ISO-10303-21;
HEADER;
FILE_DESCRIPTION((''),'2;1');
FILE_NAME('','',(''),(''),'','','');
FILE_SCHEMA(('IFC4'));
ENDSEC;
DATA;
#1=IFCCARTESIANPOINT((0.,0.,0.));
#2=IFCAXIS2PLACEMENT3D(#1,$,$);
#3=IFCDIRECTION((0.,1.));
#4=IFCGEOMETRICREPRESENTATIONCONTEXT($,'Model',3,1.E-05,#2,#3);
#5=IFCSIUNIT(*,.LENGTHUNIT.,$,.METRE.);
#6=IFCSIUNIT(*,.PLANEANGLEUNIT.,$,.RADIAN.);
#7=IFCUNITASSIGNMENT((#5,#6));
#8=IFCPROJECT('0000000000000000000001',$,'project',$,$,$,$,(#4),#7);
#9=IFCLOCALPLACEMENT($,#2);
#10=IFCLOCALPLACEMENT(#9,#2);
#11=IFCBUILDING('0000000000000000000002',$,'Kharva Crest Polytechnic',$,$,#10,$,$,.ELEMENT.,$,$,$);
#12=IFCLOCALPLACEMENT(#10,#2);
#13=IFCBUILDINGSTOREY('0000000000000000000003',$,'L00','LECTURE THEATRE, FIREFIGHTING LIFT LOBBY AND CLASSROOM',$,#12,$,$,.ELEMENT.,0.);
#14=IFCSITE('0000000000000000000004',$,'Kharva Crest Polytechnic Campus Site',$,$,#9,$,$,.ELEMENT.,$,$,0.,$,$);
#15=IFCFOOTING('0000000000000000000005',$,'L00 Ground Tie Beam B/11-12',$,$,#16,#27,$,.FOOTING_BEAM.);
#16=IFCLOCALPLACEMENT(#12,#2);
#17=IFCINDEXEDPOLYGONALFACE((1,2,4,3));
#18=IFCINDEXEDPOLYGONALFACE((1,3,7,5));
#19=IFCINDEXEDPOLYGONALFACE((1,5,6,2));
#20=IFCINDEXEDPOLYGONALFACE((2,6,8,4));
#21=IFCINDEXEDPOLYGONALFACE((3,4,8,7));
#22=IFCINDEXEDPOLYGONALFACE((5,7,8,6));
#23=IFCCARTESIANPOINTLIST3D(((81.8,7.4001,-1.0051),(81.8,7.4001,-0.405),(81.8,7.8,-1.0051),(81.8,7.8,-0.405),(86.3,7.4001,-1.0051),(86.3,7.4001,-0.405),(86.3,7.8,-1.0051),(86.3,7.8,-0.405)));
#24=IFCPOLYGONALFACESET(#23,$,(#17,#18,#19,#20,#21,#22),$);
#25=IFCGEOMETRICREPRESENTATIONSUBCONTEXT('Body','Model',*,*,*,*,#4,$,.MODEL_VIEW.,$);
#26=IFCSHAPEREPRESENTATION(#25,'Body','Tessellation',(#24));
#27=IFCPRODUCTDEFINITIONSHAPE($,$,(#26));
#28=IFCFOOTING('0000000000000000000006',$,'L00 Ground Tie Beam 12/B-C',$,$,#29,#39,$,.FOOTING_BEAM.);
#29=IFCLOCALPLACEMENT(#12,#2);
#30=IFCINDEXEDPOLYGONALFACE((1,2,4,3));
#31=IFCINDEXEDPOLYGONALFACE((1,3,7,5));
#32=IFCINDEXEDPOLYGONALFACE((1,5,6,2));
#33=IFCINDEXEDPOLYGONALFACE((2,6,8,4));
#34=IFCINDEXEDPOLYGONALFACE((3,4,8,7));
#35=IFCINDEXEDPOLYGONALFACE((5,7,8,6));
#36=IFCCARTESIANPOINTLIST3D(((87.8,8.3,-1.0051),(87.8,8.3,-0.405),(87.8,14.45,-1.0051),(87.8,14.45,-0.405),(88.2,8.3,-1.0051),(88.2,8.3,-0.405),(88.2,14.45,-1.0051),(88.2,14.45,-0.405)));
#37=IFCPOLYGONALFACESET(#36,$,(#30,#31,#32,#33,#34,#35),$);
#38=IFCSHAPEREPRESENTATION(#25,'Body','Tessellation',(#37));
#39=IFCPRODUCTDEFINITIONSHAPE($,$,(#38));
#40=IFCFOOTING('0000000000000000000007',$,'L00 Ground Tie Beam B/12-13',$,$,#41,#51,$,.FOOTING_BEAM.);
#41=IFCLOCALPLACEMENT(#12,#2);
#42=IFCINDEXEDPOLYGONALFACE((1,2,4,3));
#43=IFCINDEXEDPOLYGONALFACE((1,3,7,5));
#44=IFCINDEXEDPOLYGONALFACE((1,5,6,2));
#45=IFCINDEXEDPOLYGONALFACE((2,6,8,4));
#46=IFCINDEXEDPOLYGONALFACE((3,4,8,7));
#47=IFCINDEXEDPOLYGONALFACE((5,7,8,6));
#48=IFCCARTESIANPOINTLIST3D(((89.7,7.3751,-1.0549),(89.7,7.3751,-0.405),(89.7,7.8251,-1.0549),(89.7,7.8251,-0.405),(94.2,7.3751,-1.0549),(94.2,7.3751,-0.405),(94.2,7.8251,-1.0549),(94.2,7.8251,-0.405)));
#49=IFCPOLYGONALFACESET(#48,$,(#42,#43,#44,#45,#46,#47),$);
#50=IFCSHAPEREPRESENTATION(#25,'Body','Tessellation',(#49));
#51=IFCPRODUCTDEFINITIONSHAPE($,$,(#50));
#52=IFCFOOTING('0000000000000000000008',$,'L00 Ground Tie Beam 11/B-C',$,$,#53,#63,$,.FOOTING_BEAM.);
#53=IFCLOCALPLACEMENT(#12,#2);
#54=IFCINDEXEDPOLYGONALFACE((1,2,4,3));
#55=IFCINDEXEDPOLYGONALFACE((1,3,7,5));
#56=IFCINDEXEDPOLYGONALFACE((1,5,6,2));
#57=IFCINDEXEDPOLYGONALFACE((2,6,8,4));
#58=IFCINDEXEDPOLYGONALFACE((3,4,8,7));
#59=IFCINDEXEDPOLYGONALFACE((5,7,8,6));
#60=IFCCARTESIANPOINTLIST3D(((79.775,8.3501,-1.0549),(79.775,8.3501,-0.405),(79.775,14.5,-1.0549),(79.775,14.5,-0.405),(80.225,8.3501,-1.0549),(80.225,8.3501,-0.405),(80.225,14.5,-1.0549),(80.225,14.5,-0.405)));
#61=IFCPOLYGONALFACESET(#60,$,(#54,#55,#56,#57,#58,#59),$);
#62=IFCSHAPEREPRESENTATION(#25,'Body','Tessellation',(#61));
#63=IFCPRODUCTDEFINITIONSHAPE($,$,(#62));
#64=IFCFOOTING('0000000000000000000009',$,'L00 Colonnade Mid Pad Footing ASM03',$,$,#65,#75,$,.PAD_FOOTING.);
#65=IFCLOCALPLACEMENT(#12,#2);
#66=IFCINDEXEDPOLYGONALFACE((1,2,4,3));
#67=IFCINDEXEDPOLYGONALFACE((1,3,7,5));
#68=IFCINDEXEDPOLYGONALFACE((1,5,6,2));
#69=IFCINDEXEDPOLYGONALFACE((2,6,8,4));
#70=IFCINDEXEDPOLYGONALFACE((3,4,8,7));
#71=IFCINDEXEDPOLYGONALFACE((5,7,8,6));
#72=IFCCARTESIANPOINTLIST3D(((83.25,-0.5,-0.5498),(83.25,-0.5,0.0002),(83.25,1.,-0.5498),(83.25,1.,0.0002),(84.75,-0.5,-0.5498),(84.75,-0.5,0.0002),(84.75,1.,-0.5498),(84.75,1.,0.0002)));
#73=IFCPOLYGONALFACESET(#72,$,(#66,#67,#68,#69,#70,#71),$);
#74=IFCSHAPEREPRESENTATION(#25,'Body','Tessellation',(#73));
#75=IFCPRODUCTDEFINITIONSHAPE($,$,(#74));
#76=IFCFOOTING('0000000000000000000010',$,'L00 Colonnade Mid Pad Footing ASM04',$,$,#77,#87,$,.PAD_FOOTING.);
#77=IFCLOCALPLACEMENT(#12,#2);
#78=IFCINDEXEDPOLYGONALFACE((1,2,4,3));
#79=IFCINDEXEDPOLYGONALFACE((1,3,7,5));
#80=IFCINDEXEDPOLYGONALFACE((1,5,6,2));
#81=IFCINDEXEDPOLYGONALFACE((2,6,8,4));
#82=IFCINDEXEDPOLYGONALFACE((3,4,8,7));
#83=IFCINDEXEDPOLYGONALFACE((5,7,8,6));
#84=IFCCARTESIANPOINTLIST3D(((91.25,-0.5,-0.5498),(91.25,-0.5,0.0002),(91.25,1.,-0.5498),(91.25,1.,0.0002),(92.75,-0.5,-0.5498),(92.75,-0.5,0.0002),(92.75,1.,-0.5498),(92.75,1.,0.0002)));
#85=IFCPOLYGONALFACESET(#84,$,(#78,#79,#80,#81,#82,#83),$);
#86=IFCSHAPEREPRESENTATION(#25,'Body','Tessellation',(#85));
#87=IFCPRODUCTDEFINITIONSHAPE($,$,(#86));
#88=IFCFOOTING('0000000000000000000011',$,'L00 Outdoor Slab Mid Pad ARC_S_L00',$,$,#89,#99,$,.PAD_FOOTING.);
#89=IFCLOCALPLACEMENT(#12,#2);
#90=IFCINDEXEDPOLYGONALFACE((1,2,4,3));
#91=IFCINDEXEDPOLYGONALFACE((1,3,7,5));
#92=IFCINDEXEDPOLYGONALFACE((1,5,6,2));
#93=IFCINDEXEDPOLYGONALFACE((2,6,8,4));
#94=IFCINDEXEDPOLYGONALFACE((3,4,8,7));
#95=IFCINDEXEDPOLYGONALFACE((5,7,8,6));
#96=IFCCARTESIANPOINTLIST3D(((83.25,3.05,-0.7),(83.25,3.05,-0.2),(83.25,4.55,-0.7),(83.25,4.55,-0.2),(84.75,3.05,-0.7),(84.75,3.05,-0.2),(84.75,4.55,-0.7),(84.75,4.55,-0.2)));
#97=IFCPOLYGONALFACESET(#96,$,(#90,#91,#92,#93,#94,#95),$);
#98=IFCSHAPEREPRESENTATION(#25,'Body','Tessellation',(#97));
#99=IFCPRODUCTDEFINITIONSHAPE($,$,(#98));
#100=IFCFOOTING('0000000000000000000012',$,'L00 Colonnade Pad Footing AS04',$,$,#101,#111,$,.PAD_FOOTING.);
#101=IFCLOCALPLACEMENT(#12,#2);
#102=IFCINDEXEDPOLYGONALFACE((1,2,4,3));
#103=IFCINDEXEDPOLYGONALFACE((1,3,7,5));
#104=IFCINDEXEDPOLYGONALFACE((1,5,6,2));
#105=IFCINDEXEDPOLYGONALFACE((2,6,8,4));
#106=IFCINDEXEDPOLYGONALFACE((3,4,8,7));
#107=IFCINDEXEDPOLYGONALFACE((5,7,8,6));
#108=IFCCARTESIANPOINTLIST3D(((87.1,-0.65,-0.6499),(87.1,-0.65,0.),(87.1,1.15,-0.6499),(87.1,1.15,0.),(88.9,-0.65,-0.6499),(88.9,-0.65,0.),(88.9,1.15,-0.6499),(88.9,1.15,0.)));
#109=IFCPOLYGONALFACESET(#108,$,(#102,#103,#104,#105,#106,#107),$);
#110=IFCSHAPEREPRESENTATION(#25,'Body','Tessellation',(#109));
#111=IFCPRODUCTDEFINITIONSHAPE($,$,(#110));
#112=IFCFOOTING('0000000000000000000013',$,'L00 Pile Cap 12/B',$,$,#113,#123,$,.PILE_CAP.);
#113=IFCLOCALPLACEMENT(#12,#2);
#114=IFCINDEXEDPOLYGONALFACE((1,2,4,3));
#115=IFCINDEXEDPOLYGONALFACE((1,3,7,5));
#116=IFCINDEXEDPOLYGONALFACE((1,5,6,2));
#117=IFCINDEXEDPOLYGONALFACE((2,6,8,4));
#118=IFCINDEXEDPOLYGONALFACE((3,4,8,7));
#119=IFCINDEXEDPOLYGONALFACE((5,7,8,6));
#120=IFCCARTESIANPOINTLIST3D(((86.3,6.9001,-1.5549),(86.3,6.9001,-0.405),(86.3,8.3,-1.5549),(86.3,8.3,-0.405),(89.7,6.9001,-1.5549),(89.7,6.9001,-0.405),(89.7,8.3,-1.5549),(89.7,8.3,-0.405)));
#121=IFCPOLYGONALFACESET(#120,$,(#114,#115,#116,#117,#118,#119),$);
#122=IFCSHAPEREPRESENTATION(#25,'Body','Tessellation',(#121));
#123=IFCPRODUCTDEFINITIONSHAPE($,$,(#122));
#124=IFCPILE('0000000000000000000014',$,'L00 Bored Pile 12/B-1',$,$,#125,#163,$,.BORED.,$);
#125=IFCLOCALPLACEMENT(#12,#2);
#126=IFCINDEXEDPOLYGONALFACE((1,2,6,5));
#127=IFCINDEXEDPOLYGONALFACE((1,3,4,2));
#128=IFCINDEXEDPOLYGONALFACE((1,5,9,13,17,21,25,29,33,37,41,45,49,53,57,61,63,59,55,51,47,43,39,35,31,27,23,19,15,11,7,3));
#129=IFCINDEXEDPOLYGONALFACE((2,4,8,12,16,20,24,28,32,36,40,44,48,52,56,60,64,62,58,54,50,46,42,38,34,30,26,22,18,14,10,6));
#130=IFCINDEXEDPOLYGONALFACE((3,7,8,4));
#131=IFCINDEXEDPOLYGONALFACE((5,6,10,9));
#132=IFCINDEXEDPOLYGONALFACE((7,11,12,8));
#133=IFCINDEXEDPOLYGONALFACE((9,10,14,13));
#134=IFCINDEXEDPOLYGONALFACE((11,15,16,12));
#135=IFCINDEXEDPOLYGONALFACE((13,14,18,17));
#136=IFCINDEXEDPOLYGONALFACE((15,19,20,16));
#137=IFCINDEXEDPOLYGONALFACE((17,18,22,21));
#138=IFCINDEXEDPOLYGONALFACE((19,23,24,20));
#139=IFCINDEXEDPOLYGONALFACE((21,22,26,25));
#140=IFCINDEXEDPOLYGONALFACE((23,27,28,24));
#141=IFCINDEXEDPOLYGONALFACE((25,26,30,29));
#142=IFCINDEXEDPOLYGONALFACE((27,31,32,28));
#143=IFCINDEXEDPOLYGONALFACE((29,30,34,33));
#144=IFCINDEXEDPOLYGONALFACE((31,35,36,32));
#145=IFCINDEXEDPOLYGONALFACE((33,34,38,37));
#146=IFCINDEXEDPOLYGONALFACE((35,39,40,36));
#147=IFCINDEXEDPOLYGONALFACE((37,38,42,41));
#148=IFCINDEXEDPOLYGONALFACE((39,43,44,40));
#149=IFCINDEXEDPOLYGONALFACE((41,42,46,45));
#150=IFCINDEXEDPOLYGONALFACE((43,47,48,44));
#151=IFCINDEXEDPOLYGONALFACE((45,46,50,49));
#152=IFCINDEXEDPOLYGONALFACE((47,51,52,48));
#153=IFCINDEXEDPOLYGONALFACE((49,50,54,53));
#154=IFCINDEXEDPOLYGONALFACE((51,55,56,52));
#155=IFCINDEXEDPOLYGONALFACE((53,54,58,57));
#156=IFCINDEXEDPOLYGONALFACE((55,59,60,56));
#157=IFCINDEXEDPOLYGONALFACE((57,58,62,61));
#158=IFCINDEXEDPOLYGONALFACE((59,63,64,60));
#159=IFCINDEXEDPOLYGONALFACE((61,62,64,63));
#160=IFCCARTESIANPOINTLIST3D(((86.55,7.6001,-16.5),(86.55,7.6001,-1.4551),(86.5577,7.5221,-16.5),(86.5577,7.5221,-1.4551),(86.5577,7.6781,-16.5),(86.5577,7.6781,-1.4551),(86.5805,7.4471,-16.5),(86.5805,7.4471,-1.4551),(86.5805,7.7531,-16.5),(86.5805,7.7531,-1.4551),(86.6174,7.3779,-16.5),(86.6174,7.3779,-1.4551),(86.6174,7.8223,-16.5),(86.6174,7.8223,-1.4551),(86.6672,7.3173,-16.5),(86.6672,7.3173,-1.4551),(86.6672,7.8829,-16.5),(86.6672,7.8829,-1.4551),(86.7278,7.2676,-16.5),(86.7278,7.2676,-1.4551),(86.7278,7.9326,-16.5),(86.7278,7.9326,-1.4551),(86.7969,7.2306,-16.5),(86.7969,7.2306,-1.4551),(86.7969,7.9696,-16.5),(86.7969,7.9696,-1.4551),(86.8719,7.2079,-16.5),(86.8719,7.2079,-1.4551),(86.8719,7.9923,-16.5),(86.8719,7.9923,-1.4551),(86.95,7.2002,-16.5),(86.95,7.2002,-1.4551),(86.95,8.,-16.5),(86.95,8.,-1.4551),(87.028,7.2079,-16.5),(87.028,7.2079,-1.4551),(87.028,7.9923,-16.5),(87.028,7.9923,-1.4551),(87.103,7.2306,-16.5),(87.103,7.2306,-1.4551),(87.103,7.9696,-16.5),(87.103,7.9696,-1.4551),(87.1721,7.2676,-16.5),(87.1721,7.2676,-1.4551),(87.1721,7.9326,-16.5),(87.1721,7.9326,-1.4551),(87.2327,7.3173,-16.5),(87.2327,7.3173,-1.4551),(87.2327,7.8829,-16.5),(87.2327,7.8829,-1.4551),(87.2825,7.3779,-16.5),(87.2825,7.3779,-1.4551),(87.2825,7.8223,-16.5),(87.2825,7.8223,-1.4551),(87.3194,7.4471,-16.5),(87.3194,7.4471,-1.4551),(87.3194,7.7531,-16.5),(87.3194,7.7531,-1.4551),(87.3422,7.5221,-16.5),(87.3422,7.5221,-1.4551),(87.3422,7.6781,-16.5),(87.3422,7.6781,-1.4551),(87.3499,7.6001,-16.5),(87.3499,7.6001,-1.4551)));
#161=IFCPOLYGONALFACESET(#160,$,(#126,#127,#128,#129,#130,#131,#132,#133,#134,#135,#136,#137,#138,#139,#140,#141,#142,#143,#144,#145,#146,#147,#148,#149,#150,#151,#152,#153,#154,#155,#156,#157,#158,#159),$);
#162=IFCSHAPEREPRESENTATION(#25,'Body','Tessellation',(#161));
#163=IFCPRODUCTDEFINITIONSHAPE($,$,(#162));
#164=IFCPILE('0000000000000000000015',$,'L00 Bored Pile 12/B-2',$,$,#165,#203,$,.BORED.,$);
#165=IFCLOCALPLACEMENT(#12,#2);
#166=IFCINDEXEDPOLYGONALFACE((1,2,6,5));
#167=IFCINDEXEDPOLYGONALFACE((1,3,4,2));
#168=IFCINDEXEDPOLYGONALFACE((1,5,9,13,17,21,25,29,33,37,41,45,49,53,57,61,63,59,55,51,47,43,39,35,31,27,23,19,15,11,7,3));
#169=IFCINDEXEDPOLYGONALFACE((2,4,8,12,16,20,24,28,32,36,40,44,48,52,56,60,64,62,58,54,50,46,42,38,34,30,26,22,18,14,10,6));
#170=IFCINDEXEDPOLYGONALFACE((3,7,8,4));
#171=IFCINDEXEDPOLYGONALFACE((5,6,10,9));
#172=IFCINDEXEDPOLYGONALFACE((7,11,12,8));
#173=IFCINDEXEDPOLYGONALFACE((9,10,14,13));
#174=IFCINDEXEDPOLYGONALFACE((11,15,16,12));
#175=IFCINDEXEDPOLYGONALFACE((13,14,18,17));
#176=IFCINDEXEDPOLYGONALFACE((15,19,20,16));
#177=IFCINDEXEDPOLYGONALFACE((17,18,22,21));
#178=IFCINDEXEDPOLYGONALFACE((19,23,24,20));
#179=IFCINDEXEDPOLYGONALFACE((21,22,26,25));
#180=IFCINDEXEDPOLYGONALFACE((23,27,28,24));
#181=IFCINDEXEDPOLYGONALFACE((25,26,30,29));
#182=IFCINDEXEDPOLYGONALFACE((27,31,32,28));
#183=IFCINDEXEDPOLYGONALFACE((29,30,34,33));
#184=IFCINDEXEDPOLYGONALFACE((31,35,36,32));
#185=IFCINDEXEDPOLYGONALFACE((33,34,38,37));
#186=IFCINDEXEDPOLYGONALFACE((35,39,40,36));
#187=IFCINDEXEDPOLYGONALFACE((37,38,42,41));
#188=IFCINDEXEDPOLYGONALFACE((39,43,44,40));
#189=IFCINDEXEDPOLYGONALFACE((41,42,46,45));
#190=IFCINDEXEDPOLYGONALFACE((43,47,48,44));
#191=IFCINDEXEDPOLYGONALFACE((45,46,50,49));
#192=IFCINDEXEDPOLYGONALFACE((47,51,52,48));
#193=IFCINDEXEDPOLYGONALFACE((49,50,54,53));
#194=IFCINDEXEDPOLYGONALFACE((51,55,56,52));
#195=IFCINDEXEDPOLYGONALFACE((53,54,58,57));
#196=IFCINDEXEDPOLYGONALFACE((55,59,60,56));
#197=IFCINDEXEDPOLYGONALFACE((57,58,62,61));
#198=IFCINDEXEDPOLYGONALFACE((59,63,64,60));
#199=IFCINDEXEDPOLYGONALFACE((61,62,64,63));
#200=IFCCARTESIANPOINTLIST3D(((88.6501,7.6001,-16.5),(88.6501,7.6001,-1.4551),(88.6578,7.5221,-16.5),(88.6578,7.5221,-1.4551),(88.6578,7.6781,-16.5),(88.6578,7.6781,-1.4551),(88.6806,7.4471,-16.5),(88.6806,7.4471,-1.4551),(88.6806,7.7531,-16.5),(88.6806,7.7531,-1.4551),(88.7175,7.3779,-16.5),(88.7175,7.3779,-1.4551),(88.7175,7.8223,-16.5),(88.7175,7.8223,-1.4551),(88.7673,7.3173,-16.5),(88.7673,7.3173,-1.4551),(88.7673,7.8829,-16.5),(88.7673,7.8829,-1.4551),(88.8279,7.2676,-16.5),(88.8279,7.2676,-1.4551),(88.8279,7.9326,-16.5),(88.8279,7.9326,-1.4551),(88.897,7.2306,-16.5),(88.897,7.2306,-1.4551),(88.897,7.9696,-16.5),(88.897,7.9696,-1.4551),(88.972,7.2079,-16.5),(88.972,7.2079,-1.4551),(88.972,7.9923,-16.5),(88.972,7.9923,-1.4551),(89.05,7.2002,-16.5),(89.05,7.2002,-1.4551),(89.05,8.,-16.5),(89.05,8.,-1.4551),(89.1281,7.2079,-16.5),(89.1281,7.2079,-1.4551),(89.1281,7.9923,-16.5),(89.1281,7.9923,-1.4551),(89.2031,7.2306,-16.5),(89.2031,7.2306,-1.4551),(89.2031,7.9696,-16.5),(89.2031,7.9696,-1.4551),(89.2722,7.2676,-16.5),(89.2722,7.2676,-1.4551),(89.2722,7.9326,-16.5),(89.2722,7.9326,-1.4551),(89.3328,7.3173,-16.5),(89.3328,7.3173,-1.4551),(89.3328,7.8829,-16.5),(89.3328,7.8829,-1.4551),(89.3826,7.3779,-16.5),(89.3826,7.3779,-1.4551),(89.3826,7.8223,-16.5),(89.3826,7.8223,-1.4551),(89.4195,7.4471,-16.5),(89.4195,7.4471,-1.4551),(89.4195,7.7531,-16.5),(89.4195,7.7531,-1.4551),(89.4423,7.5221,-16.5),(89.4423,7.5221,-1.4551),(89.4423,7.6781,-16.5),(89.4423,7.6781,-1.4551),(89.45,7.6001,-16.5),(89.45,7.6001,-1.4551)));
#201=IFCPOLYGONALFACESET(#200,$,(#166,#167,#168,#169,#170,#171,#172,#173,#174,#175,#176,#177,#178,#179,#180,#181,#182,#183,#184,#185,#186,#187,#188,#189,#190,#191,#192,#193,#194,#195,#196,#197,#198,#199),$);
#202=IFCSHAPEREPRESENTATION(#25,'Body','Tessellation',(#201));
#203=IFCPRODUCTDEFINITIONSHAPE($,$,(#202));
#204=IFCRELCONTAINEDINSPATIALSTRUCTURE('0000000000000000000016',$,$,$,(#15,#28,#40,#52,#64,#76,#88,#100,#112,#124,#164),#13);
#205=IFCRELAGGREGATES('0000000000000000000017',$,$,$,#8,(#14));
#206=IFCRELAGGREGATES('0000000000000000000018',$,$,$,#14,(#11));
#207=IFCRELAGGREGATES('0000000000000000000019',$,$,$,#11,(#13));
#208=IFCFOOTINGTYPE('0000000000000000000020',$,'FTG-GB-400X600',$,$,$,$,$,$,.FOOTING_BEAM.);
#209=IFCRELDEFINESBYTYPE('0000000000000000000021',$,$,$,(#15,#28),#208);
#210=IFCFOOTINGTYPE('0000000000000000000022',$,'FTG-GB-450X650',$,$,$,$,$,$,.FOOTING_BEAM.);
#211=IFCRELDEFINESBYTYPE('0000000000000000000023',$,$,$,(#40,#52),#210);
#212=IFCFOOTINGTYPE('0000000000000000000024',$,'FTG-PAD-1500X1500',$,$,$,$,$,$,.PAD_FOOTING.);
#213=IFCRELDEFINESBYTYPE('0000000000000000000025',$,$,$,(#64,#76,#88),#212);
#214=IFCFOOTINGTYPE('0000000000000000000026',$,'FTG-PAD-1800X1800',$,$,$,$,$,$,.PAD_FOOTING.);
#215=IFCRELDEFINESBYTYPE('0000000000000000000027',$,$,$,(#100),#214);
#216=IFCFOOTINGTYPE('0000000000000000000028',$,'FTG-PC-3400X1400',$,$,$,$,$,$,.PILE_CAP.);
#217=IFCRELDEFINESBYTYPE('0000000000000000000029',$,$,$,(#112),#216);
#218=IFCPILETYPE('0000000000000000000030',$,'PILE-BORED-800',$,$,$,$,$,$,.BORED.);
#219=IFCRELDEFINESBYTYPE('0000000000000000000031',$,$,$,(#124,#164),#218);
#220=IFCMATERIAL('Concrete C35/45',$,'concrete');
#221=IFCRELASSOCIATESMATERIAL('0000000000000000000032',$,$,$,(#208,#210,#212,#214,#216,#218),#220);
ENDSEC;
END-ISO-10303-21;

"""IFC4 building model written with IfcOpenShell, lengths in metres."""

from ifc_helpers import new_model, si_unit, direction, frame, origin, origin_2d, place, context, subcontext, project, spatial, rectangle, circle, extrude, material, material_profile, profile_set, type_object, element, save


model = new_model("IFC4")

# Units and contexts
model_context = context("Model", 3, precision=1e-05, world=origin(), true_north=direction((0.0, 1.0)))
body_context = subcontext(model_context, "Body", "Model", "MODEL_VIEW")
ifc_project = project(units=[si_unit("LENGTHUNIT", "METRE"), si_unit("PLANEANGLEUNIT", "RADIAN")], contexts=[model_context])

# Site, building, storey
site_placement = place(None, origin())
site = spatial("IfcSite", under=ifc_project, at=site_placement, Name="Kharva Crest Polytechnic Campus Site", CompositionType="ELEMENT", RefElevation=0.0)
building_placement = place(site_placement, origin())
building = spatial("IfcBuilding", under=site, at=building_placement, Name="Kharva Crest Polytechnic", CompositionType="ELEMENT")
storey_placement = place(building_placement, origin())
storey = spatial("IfcBuildingStorey", under=building, at=storey_placement, Name="L00", Description="LECTURE THEATRE, FIREFIGHTING LIFT LOBBY AND CLASSROOM", CompositionType="ELEMENT", Elevation=0.0)

# Footings
ifc_material_1 = material(Name="Concrete C35/45", Category="concrete")
footing_type_1 = type_object("IfcFootingType", Name="FTG-GB-400X600", PredefinedType="FOOTING_BEAM", material=ifc_material_1)
footing_1_placement = place(storey_placement, frame((84.05, 7.6001, -1.0051), z_axis=(0.0, 0.0, 1.0), x_axis=(1.0, 0.0, 0.0)))
element("IfcFooting", 1, at=footing_1_placement, inside=storey, type_object=footing_type_1, Name="L00 Ground Tie Beam B/11-12", PredefinedType="FOOTING_BEAM", context=body_context, shape_type="SweptSolid", body=[
    extrude(rectangle(XDim=4.5, YDim=0.3999, at=origin_2d()), origin(), (0.0, 0.0, 1.0), 0.6001),
])
footing_2_placement = place(storey_placement, frame((88.0, 11.375, -1.0051), z_axis=(0.0, 0.0, 1.0), x_axis=(0.0, 1.0, 0.0)))
element("IfcFooting", 2, at=footing_2_placement, inside=storey, type_object=footing_type_1, Name="L00 Ground Tie Beam 12/B-C", PredefinedType="FOOTING_BEAM", context=body_context, shape_type="SweptSolid", body=[
    extrude(rectangle(XDim=6.1499, YDim=0.3999, at=origin_2d()), origin(), (0.0, 0.0, 1.0), 0.6001),
])
footing_type_2 = type_object("IfcFootingType", Name="FTG-GB-450X650", PredefinedType="FOOTING_BEAM", material=ifc_material_1)
footing_3_placement = place(storey_placement, frame((91.95, 7.6001, -1.0549), z_axis=(0.0, 0.0, 1.0), x_axis=(1.0, 0.0, 0.0)))
element("IfcFooting", 3, at=footing_3_placement, inside=storey, type_object=footing_type_2, Name="L00 Ground Tie Beam B/12-13", PredefinedType="FOOTING_BEAM", context=body_context, shape_type="SweptSolid", body=[
    extrude(rectangle(XDim=4.5, YDim=0.45, at=origin_2d()), origin(), (0.0, 0.0, 1.0), 0.6499),
])
footing_4_placement = place(storey_placement, frame((80.0, 11.425, -1.0549), z_axis=(0.0, 0.0, 1.0), x_axis=(0.0, 1.0, 0.0)))
element("IfcFooting", 4, at=footing_4_placement, inside=storey, type_object=footing_type_2, Name="L00 Ground Tie Beam 11/B-C", PredefinedType="FOOTING_BEAM", context=body_context, shape_type="SweptSolid", body=[
    extrude(rectangle(XDim=6.1499, YDim=0.45, at=origin_2d()), origin(), (0.0, 0.0, 1.0), 0.6499),
])
footing_type_3 = type_object("IfcFootingType", Name="FTG-PAD-1500X1500", PredefinedType="PAD_FOOTING", material=ifc_material_1)
for number, where, z_axis, x_axis, name in (
    (5, (84.0, 0.25, -0.5498), (0.0, 0.0, 1.0), (1.0, 0.0, 0.0), "L00 Colonnade Mid Pad Footing ASM03"),
    (6, (92.0, 0.25, -0.5498), (0.0, 0.0, 1.0), (1.0, 0.0, 0.0), "L00 Colonnade Mid Pad Footing ASM04"),
):
    element("IfcFooting", number, at=place(storey_placement, frame(where, z_axis=z_axis, x_axis=x_axis)), inside=storey, type_object=footing_type_3, Name=name, PredefinedType="PAD_FOOTING", context=body_context, shape_type="SweptSolid", body=[
        extrude(rectangle(XDim=1.5, YDim=1.5, at=origin_2d()), origin(), (0.0, 0.0, 1.0), 0.55),
    ])
footing_5_placement = place(storey_placement, frame((84.0, 3.8, -0.7), z_axis=(0.0, 0.0, 1.0), x_axis=(1.0, 0.0, 0.0)))
element("IfcFooting", 7, at=footing_5_placement, inside=storey, type_object=footing_type_3, Name="L00 Outdoor Slab Mid Pad ARC_S_L00", PredefinedType="PAD_FOOTING", context=body_context, shape_type="SweptSolid", body=[
    extrude(rectangle(XDim=1.5, YDim=1.5, at=origin_2d()), origin(), (0.0, 0.0, 1.0), 0.5),
])
footing_type_4 = type_object("IfcFootingType", Name="FTG-PAD-1800X1800", PredefinedType="PAD_FOOTING", material=ifc_material_1)
footing_6_placement = place(storey_placement, frame((88.0, 0.25, -0.6499), z_axis=(0.0, 0.0, 1.0), x_axis=(1.0, 0.0, 0.0)))
element("IfcFooting", 8, at=footing_6_placement, inside=storey, type_object=footing_type_4, Name="L00 Colonnade Pad Footing AS04", PredefinedType="PAD_FOOTING", context=body_context, shape_type="SweptSolid", body=[
    extrude(rectangle(XDim=1.8, YDim=1.8, at=origin_2d()), origin(), (0.0, 0.0, 1.0), 0.6499),
])
footing_type_5 = type_object("IfcFootingType", Name="FTG-PC-3400X1400", PredefinedType="PILE_CAP", material=ifc_material_1)
footing_7_placement = place(storey_placement, frame((88.0, 7.6001, -1.5549), z_axis=(0.0, 0.0, 1.0), x_axis=(1.0, 0.0, 0.0)))
element("IfcFooting", 9, at=footing_7_placement, inside=storey, type_object=footing_type_5, Name="L00 Pile Cap 12/B", PredefinedType="PILE_CAP", context=body_context, shape_type="SweptSolid", body=[
    extrude(rectangle(XDim=3.3999, YDim=1.3999, at=origin_2d()), origin(), (0.0, 0.0, 1.0), 1.1499),
])

# Piles
ifc_material_profile_1 = material_profile(ifc_material_1, circle(Radius=0.3999, at=origin_2d()), Name="DIA 800")
ifc_profile_set_1 = profile_set([ifc_material_profile_1], Name="Concrete C35/45")
pile_type_1 = type_object("IfcPileType", Name="PILE-BORED-800", PredefinedType="BORED", material=ifc_profile_set_1)
for number, where, z_axis, x_axis, name in (
    (10, (86.95, 7.6001, -1.4551), (0.0, 0.0, -1.0), (1.0, 0.0, 0.0), "L00 Bored Pile 12/B-1"),
    (11, (89.05, 7.6001, -1.4551), (0.0, 0.0, -1.0), (1.0, 0.0, 0.0), "L00 Bored Pile 12/B-2"),
):
    element("IfcPile", number, at=place(storey_placement, frame(where, z_axis=z_axis, x_axis=x_axis)), inside=storey, type_object=pile_type_1, Name=name, PredefinedType="BORED", context=body_context, shape_type="SweptSolid", body=[
        extrude(circle(Radius=0.3999, at=origin_2d()), origin(), (0.0, 0.0, 1.0), 15.0449),
    ])

save(model, "model.ifc")
